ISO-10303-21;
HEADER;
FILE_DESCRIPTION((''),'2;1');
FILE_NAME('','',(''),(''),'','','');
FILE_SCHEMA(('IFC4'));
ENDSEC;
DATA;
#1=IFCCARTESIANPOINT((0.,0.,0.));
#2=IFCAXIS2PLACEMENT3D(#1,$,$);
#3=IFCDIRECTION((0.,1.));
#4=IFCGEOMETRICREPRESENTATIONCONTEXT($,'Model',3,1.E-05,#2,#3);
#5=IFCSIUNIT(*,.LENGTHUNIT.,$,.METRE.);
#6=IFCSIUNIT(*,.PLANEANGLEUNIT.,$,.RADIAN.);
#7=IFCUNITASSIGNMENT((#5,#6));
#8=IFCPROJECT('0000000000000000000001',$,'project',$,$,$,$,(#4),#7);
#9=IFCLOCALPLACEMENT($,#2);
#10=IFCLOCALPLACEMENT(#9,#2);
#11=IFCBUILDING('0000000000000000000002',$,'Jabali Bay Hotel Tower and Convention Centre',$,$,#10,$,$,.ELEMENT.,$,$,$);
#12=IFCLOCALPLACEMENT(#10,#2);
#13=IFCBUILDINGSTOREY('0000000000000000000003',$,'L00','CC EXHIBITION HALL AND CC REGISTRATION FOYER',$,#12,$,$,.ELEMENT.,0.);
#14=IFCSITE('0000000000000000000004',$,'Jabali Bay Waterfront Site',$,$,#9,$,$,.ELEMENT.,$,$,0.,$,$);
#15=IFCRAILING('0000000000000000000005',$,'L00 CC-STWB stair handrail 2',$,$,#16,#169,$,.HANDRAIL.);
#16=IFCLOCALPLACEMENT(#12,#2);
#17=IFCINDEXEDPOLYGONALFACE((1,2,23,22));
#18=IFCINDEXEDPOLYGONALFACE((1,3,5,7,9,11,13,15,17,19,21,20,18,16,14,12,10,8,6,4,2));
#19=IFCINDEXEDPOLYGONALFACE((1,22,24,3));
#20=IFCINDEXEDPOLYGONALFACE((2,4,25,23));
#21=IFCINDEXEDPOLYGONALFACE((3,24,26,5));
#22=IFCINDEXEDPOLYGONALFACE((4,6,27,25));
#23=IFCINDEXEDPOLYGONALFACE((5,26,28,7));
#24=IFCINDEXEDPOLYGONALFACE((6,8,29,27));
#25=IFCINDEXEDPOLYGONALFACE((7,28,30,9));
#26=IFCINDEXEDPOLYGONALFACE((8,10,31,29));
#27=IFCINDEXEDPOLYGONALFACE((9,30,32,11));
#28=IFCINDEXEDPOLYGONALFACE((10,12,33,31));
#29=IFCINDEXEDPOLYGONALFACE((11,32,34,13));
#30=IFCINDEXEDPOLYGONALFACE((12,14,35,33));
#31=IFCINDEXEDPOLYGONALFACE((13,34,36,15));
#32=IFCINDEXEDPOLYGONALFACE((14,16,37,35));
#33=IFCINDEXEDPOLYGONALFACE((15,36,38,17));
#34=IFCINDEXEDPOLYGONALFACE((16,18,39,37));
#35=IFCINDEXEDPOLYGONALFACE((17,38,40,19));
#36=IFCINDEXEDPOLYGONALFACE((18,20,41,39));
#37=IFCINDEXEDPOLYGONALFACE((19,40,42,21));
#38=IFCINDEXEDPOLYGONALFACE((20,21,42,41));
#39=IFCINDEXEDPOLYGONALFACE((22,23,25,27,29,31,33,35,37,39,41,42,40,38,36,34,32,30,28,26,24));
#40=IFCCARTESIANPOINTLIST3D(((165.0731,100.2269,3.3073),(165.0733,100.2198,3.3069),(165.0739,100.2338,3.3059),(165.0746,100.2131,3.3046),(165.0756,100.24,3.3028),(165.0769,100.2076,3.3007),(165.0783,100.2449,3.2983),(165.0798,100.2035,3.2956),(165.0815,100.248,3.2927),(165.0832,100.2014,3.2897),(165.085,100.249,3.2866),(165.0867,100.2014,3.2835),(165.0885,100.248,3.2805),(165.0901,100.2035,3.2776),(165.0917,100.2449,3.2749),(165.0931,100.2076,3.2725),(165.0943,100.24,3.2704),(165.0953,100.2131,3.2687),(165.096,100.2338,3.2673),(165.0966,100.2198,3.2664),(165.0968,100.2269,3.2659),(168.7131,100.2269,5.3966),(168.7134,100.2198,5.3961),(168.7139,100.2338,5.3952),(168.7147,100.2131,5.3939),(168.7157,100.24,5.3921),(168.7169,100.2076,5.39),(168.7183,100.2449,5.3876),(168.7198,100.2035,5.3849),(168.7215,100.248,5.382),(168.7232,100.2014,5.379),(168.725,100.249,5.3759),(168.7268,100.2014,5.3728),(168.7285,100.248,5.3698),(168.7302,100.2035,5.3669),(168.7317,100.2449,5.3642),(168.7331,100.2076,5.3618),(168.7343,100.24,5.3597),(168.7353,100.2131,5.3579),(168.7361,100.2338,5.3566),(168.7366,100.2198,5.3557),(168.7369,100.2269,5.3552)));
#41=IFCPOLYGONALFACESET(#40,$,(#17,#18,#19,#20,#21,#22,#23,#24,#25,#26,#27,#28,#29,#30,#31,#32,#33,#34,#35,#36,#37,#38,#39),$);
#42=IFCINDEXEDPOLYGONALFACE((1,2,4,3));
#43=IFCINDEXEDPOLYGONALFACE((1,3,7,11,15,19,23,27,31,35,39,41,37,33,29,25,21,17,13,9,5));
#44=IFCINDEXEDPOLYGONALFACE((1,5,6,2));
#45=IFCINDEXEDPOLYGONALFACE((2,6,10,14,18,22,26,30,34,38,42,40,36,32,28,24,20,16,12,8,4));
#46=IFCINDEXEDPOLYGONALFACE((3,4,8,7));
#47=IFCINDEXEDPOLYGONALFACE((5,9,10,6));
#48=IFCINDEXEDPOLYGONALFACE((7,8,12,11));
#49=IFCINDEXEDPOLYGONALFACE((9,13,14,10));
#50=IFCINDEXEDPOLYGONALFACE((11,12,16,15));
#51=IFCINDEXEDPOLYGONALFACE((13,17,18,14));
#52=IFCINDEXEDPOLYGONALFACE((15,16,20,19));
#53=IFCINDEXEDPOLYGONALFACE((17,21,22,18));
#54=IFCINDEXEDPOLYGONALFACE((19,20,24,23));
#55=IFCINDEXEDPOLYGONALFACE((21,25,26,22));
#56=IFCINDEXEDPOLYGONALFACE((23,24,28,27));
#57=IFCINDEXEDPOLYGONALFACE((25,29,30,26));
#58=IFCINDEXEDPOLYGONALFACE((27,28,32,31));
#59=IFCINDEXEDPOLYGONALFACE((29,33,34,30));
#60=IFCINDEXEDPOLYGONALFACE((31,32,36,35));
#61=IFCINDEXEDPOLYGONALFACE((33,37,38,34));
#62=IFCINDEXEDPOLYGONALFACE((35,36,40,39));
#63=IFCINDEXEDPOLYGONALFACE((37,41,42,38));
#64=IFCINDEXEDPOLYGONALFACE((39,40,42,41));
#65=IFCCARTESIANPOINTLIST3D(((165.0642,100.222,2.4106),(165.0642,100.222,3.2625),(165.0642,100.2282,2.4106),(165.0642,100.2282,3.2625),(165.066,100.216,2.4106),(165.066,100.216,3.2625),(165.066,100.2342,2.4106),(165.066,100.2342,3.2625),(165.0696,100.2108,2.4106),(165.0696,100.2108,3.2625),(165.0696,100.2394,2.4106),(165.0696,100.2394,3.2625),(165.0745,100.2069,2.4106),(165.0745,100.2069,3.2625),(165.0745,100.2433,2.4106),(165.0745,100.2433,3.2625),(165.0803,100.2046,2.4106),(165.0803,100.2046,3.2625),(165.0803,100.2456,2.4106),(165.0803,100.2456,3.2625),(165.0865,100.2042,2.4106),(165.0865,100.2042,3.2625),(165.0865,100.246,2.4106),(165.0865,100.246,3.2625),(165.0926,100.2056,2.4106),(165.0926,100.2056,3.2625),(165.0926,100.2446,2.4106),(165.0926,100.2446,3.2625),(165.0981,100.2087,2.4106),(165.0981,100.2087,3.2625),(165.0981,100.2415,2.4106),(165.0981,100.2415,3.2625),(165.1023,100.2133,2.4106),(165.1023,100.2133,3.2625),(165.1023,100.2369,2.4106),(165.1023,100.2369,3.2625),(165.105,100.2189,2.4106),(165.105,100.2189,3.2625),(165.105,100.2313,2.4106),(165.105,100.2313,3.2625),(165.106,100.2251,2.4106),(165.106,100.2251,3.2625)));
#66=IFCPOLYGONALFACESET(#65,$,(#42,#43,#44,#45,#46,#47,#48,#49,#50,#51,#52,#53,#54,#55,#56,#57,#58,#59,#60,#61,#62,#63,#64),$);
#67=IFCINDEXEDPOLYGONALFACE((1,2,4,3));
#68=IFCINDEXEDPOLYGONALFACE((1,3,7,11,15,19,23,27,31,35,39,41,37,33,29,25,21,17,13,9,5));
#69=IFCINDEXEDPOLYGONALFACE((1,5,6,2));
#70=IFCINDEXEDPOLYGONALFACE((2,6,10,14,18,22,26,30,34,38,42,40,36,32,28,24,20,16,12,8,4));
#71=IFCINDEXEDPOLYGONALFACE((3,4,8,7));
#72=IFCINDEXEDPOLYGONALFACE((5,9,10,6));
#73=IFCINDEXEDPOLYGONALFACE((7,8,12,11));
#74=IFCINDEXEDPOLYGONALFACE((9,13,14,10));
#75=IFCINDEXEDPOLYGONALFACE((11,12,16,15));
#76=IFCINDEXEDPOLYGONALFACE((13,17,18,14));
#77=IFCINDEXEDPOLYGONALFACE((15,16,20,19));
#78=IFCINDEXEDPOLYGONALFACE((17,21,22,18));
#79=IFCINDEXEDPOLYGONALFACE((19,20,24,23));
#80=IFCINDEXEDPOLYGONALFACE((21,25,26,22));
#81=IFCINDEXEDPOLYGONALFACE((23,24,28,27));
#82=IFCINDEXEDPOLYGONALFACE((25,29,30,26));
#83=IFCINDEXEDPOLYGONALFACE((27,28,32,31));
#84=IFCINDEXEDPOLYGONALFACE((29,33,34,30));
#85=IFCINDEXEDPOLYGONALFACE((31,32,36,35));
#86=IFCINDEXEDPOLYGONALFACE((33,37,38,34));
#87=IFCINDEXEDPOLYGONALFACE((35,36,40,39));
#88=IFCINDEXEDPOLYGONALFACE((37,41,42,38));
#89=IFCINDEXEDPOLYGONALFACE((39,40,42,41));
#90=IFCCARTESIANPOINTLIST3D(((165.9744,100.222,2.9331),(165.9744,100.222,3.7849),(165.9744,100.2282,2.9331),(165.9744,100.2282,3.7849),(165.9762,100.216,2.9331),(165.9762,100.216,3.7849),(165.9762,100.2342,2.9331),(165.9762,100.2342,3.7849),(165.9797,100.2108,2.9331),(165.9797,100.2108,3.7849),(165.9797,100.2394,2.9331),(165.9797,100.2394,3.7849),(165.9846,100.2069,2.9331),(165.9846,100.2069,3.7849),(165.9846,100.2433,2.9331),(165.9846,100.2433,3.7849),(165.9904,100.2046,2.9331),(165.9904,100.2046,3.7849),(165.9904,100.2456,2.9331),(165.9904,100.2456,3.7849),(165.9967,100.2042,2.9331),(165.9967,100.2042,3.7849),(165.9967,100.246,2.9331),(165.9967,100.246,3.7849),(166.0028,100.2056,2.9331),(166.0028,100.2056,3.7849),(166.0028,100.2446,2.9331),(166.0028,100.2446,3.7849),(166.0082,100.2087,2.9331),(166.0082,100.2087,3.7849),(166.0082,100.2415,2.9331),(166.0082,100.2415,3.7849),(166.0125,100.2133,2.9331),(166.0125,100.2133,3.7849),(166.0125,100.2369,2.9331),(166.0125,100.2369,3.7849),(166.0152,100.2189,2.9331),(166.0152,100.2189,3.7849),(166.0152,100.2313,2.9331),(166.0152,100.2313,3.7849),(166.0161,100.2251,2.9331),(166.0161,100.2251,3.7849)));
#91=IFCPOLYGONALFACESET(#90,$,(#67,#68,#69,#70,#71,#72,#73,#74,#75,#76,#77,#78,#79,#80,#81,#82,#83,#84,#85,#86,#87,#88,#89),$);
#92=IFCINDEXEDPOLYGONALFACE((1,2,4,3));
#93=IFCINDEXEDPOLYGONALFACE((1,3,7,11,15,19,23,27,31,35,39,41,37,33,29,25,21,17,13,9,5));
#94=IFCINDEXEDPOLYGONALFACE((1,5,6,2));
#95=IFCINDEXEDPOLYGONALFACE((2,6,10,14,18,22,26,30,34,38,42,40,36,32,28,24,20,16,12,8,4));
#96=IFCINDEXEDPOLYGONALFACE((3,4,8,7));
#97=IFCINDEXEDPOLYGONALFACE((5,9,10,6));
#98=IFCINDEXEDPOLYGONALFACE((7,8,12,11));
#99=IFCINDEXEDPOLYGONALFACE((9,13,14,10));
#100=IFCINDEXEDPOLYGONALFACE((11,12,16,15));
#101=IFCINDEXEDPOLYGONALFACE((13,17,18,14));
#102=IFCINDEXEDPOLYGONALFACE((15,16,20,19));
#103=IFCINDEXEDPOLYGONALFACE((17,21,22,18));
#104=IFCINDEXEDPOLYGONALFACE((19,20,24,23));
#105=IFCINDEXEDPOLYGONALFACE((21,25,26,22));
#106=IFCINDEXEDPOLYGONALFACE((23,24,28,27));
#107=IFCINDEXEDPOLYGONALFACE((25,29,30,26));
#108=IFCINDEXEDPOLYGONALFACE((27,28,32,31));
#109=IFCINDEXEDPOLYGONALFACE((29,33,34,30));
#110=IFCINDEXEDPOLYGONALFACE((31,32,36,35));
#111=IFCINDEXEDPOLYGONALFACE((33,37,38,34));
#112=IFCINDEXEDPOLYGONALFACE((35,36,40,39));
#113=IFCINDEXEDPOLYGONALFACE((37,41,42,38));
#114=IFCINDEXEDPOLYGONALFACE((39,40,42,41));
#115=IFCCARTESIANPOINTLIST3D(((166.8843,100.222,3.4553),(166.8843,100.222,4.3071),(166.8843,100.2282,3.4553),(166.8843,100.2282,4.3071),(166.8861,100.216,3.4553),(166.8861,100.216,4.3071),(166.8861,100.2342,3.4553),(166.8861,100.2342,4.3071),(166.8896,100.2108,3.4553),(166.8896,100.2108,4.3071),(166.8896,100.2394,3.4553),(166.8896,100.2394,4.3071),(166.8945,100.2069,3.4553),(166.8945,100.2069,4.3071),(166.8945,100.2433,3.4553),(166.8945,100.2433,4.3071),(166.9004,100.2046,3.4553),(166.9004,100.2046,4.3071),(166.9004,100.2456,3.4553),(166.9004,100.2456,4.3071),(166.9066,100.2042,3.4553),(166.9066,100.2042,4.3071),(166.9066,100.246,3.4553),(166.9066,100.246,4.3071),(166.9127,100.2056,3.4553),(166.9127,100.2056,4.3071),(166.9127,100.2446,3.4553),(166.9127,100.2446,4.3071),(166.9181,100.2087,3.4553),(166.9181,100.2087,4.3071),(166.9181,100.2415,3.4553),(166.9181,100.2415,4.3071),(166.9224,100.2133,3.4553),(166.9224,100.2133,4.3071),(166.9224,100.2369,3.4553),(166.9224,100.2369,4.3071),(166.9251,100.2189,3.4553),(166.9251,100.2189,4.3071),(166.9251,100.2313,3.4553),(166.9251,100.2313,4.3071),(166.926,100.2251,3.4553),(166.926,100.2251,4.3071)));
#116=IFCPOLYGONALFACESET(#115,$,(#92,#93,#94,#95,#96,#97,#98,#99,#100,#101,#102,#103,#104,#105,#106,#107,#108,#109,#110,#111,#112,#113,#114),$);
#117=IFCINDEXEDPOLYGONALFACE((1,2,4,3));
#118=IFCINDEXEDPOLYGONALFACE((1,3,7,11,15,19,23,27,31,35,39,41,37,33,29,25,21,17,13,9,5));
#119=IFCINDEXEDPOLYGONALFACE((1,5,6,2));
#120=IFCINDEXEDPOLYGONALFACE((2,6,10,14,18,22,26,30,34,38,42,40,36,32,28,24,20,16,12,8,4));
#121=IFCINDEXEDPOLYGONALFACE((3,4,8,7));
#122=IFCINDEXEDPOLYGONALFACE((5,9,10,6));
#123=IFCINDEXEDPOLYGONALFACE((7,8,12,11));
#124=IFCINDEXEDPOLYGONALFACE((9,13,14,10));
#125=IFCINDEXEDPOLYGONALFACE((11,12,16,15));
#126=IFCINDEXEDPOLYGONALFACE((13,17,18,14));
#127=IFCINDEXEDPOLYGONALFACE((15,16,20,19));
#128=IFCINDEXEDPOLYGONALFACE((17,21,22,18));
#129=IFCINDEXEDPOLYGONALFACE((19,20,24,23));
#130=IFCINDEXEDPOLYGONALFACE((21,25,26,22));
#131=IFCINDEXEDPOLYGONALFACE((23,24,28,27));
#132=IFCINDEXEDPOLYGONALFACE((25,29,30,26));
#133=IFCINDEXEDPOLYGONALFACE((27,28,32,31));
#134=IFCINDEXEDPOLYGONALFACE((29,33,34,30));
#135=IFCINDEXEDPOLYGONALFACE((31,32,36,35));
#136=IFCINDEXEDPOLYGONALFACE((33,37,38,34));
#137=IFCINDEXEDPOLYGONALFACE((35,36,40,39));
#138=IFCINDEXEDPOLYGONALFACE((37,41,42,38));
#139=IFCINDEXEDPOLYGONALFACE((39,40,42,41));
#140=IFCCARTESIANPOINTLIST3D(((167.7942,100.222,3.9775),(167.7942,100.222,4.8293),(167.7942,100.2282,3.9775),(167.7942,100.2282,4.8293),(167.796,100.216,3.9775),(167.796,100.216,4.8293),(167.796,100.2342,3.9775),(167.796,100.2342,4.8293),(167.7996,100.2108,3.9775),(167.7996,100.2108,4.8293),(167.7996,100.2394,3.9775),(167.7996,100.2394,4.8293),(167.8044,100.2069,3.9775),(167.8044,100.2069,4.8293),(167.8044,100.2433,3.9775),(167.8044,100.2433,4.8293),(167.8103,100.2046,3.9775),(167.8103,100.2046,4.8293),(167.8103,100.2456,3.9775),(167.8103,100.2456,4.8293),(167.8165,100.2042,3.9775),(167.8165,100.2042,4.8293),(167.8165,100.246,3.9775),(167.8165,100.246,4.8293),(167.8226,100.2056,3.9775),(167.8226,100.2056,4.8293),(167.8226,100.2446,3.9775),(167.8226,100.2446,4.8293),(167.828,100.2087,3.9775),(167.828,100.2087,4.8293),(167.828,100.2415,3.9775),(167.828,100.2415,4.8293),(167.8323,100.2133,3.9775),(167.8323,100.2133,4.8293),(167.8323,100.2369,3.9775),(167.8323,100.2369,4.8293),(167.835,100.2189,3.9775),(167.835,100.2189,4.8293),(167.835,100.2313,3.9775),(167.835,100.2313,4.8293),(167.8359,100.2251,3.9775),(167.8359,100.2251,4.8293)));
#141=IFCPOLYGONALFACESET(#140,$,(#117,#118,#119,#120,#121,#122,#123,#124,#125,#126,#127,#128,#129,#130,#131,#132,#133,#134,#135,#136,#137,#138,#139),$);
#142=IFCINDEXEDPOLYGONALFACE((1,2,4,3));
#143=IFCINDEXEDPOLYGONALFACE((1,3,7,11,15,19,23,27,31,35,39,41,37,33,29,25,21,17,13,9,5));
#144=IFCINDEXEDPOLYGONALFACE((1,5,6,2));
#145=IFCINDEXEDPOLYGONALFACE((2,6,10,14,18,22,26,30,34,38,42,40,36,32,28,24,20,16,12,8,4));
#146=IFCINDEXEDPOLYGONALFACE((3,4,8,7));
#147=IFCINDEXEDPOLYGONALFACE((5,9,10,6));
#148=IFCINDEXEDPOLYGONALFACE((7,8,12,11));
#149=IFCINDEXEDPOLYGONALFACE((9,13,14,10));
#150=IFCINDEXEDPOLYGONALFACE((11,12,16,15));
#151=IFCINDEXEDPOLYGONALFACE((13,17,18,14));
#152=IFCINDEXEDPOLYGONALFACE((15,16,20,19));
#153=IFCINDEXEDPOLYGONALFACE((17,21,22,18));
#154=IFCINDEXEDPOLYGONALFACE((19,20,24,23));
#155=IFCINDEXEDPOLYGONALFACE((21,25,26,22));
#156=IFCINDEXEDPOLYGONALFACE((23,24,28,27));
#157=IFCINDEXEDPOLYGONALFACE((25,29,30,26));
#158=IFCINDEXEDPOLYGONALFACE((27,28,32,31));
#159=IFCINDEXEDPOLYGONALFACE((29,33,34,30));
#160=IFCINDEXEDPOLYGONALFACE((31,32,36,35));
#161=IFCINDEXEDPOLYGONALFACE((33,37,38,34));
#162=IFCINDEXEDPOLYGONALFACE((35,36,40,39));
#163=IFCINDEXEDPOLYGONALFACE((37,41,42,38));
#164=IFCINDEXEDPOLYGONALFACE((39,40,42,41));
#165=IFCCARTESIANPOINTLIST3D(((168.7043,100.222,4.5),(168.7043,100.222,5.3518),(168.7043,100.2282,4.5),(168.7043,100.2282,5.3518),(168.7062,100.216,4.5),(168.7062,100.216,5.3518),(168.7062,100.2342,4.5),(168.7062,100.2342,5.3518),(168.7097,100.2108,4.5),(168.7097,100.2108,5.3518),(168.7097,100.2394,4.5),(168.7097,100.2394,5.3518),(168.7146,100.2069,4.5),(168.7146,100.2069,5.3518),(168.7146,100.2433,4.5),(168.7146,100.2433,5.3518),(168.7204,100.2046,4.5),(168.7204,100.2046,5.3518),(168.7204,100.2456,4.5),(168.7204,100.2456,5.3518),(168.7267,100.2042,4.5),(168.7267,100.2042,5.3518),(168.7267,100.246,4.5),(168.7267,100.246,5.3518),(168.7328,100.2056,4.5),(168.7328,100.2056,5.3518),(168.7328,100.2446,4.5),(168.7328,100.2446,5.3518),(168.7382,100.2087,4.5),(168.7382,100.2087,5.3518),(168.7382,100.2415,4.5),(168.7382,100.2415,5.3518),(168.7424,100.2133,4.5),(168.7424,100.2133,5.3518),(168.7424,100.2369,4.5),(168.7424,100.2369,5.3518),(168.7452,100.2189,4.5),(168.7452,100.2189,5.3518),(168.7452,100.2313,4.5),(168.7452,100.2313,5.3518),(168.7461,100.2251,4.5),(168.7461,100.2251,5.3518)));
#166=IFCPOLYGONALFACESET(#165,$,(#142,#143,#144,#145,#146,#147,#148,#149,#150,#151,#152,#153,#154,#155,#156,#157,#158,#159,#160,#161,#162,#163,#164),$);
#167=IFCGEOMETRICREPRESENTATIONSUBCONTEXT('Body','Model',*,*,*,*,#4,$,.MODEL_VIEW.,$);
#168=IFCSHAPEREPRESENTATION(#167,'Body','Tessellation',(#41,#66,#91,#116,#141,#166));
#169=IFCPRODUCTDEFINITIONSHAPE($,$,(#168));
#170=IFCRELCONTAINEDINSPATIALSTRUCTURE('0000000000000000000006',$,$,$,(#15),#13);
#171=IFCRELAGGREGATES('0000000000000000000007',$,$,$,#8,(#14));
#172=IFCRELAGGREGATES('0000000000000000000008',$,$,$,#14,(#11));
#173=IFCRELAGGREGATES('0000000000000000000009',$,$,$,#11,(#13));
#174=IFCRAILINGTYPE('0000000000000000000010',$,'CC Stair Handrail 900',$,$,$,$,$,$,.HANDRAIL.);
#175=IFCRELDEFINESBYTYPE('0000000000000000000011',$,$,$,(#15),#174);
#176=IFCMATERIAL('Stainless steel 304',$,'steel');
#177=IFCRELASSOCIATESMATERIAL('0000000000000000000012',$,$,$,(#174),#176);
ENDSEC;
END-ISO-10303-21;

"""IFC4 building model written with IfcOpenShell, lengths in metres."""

from ifc_helpers import new_model, si_unit, direction, frame, origin, origin_2d, place, context, subcontext, project, spatial, circle, extrude, material, type_object, element, save


model = new_model("IFC4")

# Units and contexts
model_context = context("Model", 3, precision=1e-05, world=origin(), true_north=direction((0.0, 1.0)))
body_context = subcontext(model_context, "Body", "Model", "MODEL_VIEW")
ifc_project = project(units=[si_unit("LENGTHUNIT", "METRE"), si_unit("PLANEANGLEUNIT", "RADIAN")], contexts=[model_context])

# Site, building, storey
site_placement = place(None, origin())
site = spatial("IfcSite", under=ifc_project, at=site_placement, Name="Jabali Bay Waterfront Site", CompositionType="ELEMENT", RefElevation=0.0)
building_placement = place(site_placement, origin())
building = spatial("IfcBuilding", under=site, at=building_placement, Name="Jabali Bay Hotel Tower and Convention Centre", CompositionType="ELEMENT")
storey_placement = place(building_placement, origin())
storey = spatial("IfcBuildingStorey", under=building, at=storey_placement, Name="L00", Description="CC EXHIBITION HALL AND CC REGISTRATION FOYER", CompositionType="ELEMENT", Elevation=0.0)

# Railing
ifc_material_1 = material(Name="Stainless steel 304", Category="steel")
railing_type_1 = type_object("IfcRailingType", Name="CC Stair Handrail 900", PredefinedType="HANDRAIL", material=ifc_material_1)
for number, where, name in (
    (1, (165.085, 100.2251, 2.4106), "L00 CC-STWB stair handrail 2"),
):
    element("IfcRailing", number, at=place(storey_placement, frame(where)), inside=storey, type_object=railing_type_1, Name=name, PredefinedType="HANDRAIL", context=body_context, shape_type="SweptSolid", body=[
        extrude(circle(Radius=0.0239, at=origin_2d()), frame((0.0, 0.0, 0.876), z_axis=(0.867289, 0.0, 0.497804), x_axis=(0.0, 1.0, 0.0)), (0.0, 0.0, 1.0), 4.197),
        extrude(circle(Radius=0.021, at=origin_2d()), origin(), (0.0, 0.0, 1.0), 0.8518),
        extrude(circle(Radius=0.021, at=origin_2d()), frame((0.9102, 0.0, 0.5225)), (0.0, 0.0, 1.0), 0.8518),
        extrude(circle(Radius=0.021, at=origin_2d()), frame((1.8201, 0.0, 1.0447)), (0.0, 0.0, 1.0), 0.8518),
        extrude(circle(Radius=0.021, at=origin_2d()), frame((2.73, 0.0, 1.5669)), (0.0, 0.0, 1.0), 0.8518),
        extrude(circle(Radius=0.021, at=origin_2d()), frame((3.6401, 0.0, 2.0894)), (0.0, 0.0, 1.0), 0.8518),
    ])

save(model, "model.ifc")
